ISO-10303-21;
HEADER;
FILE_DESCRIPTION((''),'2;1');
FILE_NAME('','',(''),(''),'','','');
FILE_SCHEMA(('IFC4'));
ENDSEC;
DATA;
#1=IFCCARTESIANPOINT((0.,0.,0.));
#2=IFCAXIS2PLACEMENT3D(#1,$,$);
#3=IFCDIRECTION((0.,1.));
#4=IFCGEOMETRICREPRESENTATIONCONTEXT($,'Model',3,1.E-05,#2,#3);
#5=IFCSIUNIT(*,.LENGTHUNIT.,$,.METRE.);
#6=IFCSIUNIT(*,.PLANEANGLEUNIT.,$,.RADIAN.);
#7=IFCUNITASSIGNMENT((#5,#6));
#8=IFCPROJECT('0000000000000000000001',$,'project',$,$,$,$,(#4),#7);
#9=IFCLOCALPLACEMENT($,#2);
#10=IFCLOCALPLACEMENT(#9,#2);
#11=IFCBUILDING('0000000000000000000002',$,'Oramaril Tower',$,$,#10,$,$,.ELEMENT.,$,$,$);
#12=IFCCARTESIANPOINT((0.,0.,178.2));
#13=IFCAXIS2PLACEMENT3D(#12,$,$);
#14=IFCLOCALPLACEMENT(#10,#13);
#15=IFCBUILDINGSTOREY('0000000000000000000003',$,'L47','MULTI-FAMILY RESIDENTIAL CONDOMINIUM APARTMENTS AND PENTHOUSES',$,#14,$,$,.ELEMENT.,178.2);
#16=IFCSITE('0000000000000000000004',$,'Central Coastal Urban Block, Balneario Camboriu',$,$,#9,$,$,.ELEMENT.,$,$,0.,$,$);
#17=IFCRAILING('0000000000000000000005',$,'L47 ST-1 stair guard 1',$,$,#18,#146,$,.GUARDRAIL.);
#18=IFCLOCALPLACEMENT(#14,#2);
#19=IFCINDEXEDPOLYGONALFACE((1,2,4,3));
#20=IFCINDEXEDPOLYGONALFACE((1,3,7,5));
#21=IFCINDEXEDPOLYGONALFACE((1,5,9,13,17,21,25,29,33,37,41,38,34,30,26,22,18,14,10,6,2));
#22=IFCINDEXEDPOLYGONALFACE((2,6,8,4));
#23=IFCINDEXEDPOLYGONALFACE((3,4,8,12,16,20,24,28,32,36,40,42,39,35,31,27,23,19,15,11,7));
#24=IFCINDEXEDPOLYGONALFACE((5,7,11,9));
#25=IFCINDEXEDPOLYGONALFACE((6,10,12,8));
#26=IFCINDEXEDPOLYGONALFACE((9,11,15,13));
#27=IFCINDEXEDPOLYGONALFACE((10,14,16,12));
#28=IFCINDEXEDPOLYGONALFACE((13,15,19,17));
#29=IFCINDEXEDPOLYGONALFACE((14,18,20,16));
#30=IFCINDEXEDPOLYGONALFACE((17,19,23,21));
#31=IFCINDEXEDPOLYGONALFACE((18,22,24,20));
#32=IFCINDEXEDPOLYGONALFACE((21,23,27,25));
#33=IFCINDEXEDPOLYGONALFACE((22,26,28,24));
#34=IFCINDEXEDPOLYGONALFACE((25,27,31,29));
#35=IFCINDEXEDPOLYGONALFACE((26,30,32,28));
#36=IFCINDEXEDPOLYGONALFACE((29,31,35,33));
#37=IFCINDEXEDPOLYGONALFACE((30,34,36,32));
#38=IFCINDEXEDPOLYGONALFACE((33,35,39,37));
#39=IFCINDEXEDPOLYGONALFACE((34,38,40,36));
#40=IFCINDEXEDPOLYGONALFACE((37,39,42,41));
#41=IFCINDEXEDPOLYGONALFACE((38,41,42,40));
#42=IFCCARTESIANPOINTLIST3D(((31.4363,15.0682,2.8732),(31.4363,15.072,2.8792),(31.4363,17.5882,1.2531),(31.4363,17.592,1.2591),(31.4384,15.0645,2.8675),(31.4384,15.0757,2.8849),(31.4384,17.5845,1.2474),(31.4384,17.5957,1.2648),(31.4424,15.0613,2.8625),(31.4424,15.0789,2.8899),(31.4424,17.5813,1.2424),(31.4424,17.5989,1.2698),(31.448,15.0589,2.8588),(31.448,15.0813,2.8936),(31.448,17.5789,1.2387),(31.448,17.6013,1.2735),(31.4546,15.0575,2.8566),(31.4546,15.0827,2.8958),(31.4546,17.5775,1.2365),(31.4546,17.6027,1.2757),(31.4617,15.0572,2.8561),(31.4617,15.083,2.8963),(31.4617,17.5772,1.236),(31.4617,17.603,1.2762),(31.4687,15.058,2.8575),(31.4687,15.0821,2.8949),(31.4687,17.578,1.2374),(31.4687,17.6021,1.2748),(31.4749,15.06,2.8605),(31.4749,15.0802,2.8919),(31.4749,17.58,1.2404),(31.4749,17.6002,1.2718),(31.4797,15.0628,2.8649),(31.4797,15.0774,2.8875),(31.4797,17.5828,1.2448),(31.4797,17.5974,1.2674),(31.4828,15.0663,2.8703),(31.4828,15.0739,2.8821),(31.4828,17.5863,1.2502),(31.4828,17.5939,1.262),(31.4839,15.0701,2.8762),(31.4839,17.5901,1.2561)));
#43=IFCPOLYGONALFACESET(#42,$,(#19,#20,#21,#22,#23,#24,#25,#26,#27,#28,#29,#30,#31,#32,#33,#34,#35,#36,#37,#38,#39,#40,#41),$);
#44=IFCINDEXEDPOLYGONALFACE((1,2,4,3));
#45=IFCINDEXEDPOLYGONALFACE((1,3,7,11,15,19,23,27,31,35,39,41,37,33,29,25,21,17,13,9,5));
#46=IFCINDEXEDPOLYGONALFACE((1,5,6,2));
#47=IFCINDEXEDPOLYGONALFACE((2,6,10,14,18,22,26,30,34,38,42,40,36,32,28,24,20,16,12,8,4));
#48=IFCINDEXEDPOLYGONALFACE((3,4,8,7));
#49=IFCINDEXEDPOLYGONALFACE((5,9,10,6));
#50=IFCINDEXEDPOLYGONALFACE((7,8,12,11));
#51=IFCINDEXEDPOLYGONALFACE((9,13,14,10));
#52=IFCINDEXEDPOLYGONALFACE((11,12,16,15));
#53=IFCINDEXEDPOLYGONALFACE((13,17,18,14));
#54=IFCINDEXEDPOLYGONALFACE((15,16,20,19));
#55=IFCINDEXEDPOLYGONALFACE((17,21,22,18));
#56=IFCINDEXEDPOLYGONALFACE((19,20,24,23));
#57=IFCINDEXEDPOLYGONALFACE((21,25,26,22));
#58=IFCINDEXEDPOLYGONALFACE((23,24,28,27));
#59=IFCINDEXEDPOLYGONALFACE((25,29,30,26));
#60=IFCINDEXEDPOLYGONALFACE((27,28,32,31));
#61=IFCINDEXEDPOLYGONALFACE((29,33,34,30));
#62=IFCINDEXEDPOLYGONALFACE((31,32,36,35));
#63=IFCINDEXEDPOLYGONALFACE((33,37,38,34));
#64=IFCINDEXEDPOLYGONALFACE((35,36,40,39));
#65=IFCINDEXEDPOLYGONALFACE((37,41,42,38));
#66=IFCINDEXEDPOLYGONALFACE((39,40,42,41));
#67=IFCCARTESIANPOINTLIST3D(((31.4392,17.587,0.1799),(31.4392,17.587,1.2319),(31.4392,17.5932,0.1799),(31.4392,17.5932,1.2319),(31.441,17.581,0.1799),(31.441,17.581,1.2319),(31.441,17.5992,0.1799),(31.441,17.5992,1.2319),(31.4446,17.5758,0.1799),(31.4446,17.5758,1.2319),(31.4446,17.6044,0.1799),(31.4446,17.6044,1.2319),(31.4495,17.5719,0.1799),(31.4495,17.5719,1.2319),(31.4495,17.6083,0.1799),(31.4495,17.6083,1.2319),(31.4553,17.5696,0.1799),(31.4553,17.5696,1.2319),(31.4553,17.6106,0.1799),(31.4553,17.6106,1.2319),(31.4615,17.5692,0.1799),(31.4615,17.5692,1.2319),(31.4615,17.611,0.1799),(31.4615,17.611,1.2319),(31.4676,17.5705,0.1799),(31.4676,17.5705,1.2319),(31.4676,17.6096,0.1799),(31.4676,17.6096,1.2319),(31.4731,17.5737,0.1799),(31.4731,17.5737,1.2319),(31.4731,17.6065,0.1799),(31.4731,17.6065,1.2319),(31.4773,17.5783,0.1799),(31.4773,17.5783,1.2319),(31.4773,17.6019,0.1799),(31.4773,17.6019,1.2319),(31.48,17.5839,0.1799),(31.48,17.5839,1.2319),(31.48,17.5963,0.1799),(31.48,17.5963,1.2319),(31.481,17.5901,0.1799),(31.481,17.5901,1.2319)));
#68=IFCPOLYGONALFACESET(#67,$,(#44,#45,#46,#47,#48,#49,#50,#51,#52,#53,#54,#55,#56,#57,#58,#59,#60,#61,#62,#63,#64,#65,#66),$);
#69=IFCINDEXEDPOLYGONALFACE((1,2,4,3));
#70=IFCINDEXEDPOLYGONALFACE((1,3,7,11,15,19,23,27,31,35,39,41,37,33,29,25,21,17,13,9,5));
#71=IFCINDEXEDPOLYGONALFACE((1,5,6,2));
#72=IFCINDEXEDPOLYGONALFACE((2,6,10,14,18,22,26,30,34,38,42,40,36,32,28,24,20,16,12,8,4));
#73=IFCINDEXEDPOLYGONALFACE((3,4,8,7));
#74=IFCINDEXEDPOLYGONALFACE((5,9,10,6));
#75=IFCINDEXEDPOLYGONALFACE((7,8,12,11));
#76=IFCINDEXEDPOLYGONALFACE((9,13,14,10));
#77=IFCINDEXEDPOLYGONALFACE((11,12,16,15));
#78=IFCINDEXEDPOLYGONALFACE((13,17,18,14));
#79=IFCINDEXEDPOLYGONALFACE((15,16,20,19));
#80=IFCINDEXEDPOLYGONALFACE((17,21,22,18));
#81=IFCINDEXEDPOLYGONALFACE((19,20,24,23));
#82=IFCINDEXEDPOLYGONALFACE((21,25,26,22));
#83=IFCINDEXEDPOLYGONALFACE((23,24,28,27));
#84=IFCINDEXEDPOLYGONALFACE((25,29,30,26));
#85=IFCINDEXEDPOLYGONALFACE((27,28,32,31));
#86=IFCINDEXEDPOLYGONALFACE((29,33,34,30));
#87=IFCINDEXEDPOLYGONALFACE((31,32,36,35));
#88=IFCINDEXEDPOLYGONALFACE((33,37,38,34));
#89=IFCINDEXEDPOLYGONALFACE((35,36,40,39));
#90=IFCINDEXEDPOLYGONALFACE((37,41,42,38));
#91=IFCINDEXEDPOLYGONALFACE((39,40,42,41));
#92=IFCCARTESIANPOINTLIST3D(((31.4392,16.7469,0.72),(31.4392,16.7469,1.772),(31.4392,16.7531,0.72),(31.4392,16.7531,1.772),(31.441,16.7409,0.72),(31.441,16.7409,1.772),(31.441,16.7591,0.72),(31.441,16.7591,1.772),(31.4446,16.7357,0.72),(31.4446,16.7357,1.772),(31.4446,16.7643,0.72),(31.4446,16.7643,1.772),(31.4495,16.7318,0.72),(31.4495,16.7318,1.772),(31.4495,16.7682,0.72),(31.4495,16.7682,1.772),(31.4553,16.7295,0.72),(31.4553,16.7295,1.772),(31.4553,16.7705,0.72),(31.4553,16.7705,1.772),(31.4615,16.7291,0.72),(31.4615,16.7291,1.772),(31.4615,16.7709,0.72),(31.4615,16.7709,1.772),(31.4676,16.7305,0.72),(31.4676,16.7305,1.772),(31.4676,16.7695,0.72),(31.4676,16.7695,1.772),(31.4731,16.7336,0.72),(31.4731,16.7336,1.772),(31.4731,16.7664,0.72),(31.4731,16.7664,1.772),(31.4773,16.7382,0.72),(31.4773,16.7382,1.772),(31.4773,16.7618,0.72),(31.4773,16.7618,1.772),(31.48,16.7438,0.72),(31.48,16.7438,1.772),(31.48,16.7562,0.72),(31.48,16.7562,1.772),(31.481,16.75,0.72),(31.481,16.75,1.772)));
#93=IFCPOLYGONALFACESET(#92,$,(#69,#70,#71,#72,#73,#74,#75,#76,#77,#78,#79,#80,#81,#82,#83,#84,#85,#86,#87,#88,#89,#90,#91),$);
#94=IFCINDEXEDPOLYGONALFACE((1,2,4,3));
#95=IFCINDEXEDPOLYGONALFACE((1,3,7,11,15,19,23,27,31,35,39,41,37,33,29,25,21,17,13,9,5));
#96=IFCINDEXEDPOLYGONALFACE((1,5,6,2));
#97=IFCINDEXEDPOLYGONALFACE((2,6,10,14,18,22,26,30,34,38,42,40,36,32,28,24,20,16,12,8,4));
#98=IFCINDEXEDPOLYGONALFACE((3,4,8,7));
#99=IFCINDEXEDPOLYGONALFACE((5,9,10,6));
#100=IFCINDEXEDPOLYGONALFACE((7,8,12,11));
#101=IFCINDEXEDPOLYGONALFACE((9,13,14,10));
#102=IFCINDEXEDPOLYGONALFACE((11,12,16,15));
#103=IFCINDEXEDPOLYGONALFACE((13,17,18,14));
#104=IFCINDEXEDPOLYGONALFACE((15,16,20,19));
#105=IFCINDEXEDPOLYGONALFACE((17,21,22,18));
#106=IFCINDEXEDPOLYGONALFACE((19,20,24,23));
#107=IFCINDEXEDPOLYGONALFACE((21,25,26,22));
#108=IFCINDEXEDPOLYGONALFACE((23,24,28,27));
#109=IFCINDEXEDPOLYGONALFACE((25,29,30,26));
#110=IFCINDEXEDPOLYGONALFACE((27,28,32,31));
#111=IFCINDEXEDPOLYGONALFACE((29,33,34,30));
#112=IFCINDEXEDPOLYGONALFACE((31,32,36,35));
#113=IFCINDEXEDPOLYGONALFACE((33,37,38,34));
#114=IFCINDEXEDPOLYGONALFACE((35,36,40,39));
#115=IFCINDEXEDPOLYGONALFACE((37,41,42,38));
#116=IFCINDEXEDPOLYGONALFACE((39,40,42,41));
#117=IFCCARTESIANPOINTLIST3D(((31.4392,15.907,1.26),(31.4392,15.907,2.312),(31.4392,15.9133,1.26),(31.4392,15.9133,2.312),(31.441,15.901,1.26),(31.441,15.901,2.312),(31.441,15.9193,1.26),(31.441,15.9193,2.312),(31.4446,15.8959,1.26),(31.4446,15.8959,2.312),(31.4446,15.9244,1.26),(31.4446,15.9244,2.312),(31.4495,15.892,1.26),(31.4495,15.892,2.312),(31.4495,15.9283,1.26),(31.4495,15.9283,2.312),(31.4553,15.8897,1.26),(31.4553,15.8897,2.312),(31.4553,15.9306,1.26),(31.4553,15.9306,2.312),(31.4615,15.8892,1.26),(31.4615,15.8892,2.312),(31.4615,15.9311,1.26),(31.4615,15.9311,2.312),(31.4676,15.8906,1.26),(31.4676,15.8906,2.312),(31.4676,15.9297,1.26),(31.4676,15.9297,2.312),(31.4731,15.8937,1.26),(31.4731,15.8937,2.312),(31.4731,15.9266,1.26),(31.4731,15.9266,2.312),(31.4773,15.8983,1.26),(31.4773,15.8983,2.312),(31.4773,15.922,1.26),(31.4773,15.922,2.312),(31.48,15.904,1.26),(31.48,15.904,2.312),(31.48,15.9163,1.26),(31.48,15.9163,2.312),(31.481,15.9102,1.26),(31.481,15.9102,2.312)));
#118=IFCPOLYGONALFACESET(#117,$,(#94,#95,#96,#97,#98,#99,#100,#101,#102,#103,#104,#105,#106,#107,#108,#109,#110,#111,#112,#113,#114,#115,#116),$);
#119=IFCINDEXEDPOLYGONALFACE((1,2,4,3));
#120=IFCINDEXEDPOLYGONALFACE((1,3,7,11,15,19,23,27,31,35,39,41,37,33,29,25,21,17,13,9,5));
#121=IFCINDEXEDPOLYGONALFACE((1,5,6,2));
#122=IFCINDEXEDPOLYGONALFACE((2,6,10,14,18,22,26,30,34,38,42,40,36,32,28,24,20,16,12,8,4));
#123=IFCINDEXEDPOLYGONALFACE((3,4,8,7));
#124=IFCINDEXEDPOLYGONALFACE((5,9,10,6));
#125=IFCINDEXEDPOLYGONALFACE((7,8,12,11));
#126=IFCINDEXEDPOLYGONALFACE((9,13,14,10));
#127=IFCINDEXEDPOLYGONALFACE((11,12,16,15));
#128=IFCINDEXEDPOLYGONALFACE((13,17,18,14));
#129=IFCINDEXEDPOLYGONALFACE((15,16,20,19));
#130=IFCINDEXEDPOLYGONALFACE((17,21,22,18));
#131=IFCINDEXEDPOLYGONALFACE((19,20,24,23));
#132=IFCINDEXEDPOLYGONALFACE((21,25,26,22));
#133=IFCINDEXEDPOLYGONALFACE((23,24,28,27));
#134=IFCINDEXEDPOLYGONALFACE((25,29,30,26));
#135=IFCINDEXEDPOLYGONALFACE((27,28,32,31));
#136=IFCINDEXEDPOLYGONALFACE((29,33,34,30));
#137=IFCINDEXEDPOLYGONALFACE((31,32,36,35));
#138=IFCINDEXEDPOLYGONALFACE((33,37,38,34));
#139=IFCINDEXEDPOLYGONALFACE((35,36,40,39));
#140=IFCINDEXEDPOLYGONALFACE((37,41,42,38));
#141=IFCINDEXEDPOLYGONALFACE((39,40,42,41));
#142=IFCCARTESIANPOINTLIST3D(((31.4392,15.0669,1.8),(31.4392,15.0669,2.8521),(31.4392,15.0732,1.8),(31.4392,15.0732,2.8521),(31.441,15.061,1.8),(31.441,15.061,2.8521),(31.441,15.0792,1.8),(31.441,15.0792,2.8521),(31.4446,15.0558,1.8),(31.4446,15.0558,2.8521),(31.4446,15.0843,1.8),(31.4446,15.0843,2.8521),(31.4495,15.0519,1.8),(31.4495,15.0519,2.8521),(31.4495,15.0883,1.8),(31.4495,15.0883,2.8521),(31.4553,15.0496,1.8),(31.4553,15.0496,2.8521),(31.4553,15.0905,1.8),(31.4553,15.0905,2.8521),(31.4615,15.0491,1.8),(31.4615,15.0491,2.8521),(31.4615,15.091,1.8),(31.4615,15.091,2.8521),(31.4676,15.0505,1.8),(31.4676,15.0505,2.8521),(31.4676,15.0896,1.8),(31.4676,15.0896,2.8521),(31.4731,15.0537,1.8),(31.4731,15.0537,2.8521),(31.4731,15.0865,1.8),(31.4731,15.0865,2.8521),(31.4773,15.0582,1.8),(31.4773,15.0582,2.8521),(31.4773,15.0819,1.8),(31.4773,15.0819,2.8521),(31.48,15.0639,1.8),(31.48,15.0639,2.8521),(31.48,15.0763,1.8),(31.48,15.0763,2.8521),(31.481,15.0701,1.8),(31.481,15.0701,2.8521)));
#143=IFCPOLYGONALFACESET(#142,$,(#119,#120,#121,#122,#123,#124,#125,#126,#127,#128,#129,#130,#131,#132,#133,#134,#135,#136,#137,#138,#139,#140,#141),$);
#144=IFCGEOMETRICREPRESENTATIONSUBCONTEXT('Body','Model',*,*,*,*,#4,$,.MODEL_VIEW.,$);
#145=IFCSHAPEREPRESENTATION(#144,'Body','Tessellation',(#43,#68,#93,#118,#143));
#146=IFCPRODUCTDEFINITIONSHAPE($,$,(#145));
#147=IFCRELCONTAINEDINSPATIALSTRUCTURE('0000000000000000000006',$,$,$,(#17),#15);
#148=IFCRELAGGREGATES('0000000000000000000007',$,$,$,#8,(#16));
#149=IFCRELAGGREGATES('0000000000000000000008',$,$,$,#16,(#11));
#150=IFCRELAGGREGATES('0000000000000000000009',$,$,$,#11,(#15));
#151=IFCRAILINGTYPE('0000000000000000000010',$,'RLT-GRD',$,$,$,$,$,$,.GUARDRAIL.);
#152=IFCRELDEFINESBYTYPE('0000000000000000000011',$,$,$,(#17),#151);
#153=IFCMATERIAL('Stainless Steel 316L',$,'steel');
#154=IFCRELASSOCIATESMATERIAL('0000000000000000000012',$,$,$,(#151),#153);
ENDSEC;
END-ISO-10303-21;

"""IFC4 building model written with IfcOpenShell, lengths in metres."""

from ifc_helpers import new_model, si_unit, direction, frame, origin, origin_2d, place, context, subcontext, project, spatial, circle, extrude, material, type_object, element, save


model = new_model("IFC4")

# Units and contexts
model_context = context("Model", 3, precision=1e-05, world=origin(), true_north=direction((0.0, 1.0)))
body_context = subcontext(model_context, "Body", "Model", "MODEL_VIEW")
ifc_project = project(units=[si_unit("LENGTHUNIT", "METRE"), si_unit("PLANEANGLEUNIT", "RADIAN")], contexts=[model_context])

# Site, building, storey
site_placement = place(None, origin())
site = spatial("IfcSite", under=ifc_project, at=site_placement, Name="Central Coastal Urban Block, Balneario Camboriu", CompositionType="ELEMENT", RefElevation=0.0)
building_placement = place(site_placement, origin())
building = spatial("IfcBuilding", under=site, at=building_placement, Name="Oramaril Tower", CompositionType="ELEMENT")
storey_placement = place(building_placement, frame((0.0, 0.0, 178.2)))
storey = spatial("IfcBuildingStorey", under=building, at=storey_placement, Name="L47", Description="MULTI-FAMILY RESIDENTIAL CONDOMINIUM APARTMENTS AND PENTHOUSES", CompositionType="ELEMENT", Elevation=178.2)

# Railing
ifc_material_1 = material(Name="Stainless Steel 316L", Category="steel")
railing_type_1 = type_object("IfcRailingType", Name="RLT-GRD", PredefinedType="GUARDRAIL", material=ifc_material_1)
railing_1_placement = place(storey_placement, frame((31.46, 17.5901, 0.1799)))
element("IfcRailing", 1, at=railing_1_placement, inside=storey, type_object=railing_type_1, Name="L47 ST-1 stair guard 1", PredefinedType="GUARDRAIL", context=body_context, shape_type="SweptSolid", body=[
    extrude(circle(Radius=0.0239, at=origin_2d()), frame((0.0, 0.0, 1.0762), z_axis=(0.0, -0.841163, 0.540782), x_axis=(1.0, 0.0, 0.0)), (0.0, 0.0, 1.0), 2.9958),
    extrude(circle(Radius=0.021, at=origin_2d()), origin(), (0.0, 0.0, 1.0), 1.052),
    extrude(circle(Radius=0.021, at=origin_2d()), frame((0.0, -0.8401, 0.54)), (0.0, 0.0, 1.0), 1.052),
    extrude(circle(Radius=0.021, at=origin_2d()), frame((0.0, -1.6799, 1.0801)), (0.0, 0.0, 1.0), 1.052),
    extrude(circle(Radius=0.021, at=origin_2d()), frame((0.0, -2.52, 1.6201)), (0.0, 0.0, 1.0), 1.052),
])

save(model, "model.ifc")
